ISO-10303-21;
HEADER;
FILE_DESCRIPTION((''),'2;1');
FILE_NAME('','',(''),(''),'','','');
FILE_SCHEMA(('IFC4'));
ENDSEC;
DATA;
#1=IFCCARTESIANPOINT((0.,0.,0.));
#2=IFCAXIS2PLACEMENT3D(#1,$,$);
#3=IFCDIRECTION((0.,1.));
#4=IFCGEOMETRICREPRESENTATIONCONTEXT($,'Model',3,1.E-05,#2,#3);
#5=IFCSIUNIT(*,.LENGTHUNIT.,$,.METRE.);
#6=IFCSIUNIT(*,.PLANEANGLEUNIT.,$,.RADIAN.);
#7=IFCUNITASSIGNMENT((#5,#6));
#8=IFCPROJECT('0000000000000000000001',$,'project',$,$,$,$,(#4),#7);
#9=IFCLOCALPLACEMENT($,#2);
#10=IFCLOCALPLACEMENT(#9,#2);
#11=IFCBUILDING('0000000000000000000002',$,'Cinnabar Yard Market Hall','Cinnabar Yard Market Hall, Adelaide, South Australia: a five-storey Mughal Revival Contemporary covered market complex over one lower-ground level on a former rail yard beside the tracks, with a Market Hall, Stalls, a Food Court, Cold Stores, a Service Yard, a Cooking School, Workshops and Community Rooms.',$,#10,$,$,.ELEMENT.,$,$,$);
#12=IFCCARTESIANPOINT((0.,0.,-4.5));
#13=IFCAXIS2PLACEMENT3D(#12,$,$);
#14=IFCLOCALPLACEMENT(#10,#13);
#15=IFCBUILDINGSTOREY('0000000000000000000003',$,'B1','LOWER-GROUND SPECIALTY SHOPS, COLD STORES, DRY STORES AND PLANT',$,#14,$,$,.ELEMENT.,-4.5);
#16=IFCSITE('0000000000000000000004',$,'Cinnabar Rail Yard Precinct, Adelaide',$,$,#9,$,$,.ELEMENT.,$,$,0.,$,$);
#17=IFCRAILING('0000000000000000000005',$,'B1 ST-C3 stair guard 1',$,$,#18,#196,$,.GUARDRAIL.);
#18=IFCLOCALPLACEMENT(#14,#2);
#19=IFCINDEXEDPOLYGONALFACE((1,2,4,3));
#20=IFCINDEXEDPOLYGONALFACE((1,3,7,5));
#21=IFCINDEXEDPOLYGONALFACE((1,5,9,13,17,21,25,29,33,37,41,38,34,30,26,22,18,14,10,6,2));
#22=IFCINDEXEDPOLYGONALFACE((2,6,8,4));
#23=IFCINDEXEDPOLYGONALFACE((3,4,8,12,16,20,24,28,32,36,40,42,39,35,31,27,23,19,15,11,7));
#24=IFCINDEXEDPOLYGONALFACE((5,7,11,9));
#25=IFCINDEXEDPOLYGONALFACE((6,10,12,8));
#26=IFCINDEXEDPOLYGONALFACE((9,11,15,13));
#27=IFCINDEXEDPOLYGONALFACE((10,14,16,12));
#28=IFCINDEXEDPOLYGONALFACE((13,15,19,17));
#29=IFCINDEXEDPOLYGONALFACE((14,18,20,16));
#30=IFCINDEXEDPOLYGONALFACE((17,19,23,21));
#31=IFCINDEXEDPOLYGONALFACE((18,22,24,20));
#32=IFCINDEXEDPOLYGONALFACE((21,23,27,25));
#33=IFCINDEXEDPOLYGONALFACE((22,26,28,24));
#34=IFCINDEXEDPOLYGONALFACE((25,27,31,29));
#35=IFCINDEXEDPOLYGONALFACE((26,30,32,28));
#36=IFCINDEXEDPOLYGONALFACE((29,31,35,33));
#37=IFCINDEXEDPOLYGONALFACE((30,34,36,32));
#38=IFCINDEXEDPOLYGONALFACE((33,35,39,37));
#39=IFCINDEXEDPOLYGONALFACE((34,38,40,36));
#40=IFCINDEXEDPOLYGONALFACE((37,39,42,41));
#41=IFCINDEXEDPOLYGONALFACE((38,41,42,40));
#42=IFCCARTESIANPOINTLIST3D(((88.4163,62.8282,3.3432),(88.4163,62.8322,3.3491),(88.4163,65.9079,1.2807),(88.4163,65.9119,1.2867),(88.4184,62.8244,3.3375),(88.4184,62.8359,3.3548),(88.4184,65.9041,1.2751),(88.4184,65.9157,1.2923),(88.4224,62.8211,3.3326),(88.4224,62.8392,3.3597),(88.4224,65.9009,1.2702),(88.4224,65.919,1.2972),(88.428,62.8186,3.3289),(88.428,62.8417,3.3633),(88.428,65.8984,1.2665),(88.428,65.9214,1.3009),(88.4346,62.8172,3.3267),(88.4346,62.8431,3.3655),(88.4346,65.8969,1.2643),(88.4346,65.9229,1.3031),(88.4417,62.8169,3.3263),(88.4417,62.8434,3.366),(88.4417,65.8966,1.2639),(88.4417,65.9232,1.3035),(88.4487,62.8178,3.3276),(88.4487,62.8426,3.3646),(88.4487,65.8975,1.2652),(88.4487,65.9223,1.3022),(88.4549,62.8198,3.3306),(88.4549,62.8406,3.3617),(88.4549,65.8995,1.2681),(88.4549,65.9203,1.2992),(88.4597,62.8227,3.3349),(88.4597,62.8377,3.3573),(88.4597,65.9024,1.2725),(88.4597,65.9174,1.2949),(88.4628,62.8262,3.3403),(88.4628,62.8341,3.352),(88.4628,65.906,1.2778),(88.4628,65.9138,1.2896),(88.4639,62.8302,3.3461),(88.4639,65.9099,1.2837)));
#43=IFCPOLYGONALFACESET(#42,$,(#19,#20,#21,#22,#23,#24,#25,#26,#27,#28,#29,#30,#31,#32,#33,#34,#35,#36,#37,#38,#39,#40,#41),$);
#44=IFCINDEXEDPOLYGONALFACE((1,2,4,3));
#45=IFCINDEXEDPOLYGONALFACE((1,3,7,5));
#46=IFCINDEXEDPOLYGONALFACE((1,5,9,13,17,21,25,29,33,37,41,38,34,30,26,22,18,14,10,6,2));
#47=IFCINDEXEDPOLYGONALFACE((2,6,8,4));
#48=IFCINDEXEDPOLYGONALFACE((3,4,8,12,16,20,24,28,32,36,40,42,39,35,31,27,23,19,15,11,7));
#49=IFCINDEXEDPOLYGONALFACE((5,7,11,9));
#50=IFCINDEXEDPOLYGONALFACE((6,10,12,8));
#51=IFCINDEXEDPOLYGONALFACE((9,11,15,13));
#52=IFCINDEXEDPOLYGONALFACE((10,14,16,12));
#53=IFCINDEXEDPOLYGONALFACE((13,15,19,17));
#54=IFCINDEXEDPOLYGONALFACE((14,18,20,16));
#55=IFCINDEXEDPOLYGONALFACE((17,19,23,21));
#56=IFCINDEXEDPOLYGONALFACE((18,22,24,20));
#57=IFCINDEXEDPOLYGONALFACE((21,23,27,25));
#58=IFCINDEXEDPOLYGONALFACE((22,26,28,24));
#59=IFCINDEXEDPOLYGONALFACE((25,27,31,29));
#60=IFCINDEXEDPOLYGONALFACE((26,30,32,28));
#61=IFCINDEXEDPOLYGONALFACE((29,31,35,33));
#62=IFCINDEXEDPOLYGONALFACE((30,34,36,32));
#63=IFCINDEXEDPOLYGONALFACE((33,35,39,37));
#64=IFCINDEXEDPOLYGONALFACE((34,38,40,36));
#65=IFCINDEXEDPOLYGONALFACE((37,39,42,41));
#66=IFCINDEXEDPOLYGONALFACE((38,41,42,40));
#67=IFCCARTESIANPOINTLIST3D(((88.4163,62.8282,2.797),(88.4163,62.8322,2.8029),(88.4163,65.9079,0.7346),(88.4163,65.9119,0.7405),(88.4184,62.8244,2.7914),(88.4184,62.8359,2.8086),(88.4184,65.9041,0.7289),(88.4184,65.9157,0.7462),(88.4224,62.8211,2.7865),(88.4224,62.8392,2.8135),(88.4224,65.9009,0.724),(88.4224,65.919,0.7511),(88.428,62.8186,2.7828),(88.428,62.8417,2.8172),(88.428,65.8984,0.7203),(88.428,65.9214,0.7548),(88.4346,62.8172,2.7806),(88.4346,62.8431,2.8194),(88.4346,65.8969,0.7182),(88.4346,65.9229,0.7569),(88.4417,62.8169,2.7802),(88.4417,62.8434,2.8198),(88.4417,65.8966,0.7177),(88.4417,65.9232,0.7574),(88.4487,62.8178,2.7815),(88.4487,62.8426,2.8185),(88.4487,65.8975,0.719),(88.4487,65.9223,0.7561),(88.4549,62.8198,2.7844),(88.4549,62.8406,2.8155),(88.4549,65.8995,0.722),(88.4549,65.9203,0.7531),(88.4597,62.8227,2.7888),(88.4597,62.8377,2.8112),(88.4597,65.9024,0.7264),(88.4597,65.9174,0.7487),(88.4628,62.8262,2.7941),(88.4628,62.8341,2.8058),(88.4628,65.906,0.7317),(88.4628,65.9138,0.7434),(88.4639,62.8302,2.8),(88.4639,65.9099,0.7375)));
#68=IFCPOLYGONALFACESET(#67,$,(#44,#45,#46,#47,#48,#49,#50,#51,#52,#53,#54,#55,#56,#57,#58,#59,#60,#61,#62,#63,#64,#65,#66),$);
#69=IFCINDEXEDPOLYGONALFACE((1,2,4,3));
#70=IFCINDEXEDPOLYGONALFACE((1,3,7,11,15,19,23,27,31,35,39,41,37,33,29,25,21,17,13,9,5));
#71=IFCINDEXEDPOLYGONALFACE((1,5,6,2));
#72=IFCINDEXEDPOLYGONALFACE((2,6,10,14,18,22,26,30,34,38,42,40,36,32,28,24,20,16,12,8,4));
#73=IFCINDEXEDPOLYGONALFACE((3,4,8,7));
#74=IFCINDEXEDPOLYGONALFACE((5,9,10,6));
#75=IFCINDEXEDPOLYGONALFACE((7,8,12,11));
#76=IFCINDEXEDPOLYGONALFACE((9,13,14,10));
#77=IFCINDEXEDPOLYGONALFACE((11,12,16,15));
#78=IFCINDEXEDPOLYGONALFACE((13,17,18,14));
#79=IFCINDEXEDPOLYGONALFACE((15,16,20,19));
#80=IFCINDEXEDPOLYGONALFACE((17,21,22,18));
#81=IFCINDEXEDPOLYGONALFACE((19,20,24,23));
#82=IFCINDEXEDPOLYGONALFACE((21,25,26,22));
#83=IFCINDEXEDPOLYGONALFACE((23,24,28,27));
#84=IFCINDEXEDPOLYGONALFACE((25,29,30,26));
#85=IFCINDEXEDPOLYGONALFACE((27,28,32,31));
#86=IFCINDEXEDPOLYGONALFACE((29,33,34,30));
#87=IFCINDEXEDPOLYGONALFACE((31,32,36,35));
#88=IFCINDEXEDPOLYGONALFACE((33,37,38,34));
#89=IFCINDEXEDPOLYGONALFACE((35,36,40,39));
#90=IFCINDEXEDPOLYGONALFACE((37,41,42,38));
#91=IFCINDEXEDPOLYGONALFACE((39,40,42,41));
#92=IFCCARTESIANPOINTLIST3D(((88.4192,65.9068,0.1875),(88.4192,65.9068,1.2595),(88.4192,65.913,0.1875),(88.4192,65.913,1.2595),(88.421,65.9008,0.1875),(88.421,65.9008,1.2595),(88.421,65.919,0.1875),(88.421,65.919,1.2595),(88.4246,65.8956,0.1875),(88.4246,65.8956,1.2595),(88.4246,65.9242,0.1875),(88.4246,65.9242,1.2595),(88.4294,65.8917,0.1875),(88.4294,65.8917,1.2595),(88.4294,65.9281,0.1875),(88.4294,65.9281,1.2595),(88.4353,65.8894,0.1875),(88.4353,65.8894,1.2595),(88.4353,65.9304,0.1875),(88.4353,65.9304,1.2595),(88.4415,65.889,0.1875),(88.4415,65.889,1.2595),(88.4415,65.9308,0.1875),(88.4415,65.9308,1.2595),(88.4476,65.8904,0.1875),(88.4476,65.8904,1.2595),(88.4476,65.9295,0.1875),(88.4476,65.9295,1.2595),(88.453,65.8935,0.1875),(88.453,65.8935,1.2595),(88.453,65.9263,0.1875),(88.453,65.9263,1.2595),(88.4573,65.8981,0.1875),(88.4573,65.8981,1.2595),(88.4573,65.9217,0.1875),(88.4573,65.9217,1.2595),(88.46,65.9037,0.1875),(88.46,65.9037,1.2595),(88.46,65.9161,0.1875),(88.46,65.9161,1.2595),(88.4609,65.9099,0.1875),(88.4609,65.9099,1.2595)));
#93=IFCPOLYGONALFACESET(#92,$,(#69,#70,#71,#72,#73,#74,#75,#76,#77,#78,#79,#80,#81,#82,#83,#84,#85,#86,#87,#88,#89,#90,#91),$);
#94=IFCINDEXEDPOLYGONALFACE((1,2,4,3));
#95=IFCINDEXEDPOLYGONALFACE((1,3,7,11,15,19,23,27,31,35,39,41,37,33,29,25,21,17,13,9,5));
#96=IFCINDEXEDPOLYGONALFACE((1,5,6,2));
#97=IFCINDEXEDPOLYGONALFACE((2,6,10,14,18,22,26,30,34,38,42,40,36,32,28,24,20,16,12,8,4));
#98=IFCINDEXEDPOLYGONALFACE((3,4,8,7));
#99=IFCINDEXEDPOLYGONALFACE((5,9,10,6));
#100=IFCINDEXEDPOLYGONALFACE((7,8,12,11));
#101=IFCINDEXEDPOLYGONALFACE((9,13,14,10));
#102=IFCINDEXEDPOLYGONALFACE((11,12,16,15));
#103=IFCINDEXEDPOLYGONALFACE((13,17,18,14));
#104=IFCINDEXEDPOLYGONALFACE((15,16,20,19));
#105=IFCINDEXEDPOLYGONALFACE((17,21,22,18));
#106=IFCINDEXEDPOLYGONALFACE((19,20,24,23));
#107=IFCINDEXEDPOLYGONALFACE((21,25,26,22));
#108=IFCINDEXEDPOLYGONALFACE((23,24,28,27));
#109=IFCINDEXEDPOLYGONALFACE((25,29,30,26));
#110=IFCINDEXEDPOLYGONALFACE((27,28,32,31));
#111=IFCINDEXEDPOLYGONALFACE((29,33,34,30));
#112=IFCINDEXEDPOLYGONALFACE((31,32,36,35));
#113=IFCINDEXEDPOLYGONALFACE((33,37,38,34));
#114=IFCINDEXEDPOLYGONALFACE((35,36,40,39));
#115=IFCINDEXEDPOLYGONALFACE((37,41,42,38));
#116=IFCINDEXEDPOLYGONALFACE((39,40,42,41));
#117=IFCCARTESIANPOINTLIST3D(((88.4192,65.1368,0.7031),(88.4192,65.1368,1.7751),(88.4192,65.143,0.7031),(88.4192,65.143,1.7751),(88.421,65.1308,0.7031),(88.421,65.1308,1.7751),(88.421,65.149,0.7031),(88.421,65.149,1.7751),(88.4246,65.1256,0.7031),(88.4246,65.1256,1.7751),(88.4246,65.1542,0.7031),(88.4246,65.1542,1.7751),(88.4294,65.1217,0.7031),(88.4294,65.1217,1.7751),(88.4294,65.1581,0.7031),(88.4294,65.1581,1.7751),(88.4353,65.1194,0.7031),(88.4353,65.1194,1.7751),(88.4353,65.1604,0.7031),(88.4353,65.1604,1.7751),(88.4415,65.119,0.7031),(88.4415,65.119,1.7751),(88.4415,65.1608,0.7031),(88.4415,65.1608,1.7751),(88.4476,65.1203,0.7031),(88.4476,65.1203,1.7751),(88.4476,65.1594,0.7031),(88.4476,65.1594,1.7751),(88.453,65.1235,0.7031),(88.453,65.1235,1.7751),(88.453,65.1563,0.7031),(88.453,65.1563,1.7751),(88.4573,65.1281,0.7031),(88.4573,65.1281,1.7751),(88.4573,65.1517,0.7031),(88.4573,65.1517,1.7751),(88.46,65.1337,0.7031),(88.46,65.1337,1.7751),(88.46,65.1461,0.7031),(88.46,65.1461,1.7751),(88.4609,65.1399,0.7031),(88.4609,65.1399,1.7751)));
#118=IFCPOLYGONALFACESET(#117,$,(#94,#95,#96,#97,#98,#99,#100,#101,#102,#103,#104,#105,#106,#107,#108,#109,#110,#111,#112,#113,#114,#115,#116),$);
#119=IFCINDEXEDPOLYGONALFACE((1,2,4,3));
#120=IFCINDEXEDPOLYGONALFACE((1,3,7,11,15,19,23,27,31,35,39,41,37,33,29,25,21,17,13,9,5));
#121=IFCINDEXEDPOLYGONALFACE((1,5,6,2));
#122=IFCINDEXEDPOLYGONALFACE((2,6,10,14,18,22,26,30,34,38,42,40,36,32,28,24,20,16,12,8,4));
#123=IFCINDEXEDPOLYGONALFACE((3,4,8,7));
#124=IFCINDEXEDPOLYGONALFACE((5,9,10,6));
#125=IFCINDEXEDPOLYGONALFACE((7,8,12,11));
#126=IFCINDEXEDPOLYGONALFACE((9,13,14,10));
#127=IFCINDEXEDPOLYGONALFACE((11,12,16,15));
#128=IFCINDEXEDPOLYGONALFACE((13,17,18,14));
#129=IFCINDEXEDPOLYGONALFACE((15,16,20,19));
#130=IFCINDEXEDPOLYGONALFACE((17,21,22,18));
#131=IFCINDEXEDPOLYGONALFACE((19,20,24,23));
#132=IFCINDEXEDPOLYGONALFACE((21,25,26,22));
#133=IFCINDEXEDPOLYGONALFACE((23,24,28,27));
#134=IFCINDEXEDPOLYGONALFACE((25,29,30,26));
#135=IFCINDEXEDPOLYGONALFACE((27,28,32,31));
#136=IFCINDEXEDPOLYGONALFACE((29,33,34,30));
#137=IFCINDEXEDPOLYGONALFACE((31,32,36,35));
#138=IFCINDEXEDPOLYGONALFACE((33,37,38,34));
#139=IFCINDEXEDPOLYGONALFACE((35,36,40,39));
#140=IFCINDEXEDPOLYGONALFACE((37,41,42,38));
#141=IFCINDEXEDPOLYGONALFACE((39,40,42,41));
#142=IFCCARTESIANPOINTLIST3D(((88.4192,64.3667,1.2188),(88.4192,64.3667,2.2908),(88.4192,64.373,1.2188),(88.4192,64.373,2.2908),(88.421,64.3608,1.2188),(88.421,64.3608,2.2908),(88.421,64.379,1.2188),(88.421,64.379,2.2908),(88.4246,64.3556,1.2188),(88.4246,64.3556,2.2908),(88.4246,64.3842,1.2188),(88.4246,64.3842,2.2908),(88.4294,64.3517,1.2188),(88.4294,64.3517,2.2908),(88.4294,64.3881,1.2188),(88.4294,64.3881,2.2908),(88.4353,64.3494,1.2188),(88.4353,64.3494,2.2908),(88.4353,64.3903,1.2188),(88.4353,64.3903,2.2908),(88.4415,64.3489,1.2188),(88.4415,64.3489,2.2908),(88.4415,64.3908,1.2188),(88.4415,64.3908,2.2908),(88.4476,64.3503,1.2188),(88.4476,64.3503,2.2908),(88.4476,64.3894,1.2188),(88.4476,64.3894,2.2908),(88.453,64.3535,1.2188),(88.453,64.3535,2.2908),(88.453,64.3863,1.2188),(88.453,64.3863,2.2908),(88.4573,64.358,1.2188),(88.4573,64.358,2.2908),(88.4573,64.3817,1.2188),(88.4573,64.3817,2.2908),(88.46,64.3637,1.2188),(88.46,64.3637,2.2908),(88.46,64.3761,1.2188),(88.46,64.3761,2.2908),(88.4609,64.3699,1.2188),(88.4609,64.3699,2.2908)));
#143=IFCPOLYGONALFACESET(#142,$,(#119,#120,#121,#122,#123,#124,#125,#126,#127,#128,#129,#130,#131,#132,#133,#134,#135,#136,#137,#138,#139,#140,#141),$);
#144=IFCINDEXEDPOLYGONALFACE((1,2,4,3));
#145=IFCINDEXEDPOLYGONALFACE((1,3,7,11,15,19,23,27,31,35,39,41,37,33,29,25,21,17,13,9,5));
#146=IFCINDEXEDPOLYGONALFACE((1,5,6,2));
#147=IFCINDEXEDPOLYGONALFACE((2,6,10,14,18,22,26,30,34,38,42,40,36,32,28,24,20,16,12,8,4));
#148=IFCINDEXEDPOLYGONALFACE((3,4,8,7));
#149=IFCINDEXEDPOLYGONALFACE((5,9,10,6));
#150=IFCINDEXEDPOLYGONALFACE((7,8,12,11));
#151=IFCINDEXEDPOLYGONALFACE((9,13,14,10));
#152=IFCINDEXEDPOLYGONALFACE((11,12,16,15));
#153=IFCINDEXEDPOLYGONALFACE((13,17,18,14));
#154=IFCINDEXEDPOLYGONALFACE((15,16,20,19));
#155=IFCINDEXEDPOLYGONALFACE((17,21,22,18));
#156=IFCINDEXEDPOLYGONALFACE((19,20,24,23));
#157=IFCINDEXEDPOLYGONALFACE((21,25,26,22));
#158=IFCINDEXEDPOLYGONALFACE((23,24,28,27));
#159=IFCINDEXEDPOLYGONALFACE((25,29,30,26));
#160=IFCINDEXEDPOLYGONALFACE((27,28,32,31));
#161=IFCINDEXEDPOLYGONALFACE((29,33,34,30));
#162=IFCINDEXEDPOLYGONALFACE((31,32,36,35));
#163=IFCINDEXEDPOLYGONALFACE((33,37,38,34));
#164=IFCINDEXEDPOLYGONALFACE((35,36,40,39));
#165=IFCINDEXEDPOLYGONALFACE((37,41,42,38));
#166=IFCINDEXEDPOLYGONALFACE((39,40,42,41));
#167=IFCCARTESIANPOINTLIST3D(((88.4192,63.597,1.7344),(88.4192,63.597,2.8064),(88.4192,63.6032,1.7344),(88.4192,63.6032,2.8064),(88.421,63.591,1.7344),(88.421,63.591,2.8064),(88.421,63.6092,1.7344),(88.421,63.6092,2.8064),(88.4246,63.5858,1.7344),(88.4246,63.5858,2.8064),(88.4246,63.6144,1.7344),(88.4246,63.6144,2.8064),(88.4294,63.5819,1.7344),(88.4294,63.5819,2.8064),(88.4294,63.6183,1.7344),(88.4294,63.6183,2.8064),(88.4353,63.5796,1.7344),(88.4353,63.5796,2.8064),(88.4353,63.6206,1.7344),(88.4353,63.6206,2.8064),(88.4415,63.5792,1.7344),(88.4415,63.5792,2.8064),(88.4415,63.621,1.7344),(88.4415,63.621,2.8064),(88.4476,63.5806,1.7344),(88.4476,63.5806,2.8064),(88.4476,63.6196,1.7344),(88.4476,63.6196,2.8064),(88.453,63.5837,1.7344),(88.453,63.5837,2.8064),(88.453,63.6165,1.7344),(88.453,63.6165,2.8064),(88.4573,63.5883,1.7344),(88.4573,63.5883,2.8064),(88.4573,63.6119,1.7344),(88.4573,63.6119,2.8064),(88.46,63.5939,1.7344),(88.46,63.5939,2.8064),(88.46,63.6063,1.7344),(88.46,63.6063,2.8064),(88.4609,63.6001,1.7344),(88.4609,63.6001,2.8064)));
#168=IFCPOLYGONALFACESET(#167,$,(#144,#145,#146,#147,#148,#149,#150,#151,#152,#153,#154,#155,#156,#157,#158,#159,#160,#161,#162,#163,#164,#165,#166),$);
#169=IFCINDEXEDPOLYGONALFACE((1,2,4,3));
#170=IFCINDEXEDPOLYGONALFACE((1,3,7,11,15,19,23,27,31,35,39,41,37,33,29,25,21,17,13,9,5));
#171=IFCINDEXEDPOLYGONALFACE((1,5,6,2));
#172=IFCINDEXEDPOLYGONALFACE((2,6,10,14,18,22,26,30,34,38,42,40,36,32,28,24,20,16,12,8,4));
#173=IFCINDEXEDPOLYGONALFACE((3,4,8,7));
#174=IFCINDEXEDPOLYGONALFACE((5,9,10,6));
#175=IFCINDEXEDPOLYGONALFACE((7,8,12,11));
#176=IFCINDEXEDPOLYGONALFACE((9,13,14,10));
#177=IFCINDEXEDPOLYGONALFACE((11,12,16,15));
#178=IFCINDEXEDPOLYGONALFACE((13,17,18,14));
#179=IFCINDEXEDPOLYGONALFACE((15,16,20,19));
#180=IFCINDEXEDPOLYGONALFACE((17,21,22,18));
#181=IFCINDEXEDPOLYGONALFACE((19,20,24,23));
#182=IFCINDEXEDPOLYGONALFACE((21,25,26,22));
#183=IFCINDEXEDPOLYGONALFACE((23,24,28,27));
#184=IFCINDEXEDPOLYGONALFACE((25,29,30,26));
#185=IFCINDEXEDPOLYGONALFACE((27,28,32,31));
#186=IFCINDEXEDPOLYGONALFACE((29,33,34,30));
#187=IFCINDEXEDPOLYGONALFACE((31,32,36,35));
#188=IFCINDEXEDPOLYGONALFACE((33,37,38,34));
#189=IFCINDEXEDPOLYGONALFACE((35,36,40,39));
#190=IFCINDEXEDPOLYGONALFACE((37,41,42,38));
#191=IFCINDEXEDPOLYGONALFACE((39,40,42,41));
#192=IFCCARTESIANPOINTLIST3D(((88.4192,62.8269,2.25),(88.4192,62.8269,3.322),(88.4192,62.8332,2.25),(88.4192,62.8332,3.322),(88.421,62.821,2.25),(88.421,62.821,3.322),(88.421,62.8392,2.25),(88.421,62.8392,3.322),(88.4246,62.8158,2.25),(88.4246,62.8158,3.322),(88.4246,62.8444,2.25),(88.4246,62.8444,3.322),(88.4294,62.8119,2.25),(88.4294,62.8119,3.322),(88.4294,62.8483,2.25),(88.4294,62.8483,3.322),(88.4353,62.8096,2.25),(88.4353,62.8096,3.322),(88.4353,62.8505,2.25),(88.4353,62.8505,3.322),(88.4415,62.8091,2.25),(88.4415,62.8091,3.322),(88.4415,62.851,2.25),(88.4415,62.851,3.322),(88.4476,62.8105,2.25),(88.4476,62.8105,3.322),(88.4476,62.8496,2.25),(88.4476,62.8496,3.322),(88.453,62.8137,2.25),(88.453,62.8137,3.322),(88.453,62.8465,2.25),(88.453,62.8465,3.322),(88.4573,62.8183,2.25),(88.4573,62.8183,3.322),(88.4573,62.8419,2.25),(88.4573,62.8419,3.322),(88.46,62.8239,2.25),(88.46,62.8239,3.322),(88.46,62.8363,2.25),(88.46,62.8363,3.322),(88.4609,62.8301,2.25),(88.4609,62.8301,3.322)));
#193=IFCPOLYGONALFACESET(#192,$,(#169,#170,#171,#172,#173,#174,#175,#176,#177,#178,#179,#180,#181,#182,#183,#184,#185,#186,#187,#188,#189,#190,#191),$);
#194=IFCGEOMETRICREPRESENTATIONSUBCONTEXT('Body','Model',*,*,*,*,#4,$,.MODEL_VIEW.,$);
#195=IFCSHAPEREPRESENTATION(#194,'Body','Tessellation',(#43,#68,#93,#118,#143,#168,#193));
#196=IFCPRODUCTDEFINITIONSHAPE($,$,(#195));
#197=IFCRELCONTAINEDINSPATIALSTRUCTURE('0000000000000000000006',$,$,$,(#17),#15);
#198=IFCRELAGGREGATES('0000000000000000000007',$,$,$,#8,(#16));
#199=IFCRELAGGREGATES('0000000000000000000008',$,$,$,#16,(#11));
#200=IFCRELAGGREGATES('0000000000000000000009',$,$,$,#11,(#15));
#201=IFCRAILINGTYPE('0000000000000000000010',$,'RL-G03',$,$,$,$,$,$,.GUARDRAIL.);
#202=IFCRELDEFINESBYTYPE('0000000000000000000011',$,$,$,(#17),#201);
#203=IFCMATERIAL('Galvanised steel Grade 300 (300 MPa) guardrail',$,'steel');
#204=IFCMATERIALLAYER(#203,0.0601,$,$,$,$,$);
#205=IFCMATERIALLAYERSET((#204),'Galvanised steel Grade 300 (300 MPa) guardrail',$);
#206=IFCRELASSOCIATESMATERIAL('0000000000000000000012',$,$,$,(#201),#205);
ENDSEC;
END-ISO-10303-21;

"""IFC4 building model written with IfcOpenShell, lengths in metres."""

from ifc_helpers import new_model, si_unit, direction, frame, origin, origin_2d_with_axis, place, context, subcontext, project, spatial, circle, extrude, material, layer, layer_set, type_object, element, save


model = new_model("IFC4")

# Units and contexts
model_context = context("Model", 3, precision=1e-05, world=origin(), true_north=direction((0.0, 1.0)))
body_context = subcontext(model_context, "Body", "Model", "MODEL_VIEW")
ifc_project = project(units=[si_unit("LENGTHUNIT", "METRE"), si_unit("PLANEANGLEUNIT", "RADIAN")], contexts=[model_context])

# Site, building, storey
site_placement = place(None, origin())
site = spatial("IfcSite", under=ifc_project, at=site_placement, Name="Cinnabar Rail Yard Precinct, Adelaide", CompositionType="ELEMENT", RefElevation=0.0)
building_placement = place(site_placement, origin())
building = spatial("IfcBuilding", under=site, at=building_placement, Name="Cinnabar Yard Market Hall", Description="Cinnabar Yard Market Hall, Adelaide, South Australia: a five-storey Mughal Revival Contemporary covered market complex over one lower-ground level on a former rail yard beside the tracks, with a Market Hall, Stalls, a Food Court, Cold Stores, a Service Yard, a Cooking School, Workshops and Community Rooms.", CompositionType="ELEMENT")
storey_placement = place(building_placement, frame((0.0, 0.0, -4.5)))
storey = spatial("IfcBuildingStorey", under=building, at=storey_placement, Name="B1", Description="LOWER-GROUND SPECIALTY SHOPS, COLD STORES, DRY STORES AND PLANT", CompositionType="ELEMENT", Elevation=-4.5)

# Railing
ifc_material_1 = material(Name="Galvanised steel Grade 300 (300 MPa) guardrail", Category="steel")
ifc_layer_1 = layer(ifc_material_1, 0.0601)
ifc_layer_set_1 = layer_set([ifc_layer_1], Name="Galvanised steel Grade 300 (300 MPa) guardrail")
railing_type_1 = type_object("IfcRailingType", Name="RL-G03", PredefinedType="GUARDRAIL", material=ifc_layer_set_1)
railing_1_placement = place(storey_placement, frame((88.4399, 65.9099, 0.1875)))
element("IfcRailing", 1, at=railing_1_placement, inside=storey, type_object=railing_type_1, Name="B1 ST-C3 stair guard 1", PredefinedType="GUARDRAIL", context=body_context, shape_type="SweptSolid", body=[
    extrude(circle(Radius=0.0239, at=origin_2d_with_axis()), frame((0.0, 0.0, 1.0962), z_axis=(0.0, -0.830893, 0.556432), x_axis=(1.0, 0.0, 0.0)), (0.0, 0.0, 1.0), 3.7065),
    extrude(circle(Radius=0.0239, at=origin_2d_with_axis()), frame((0.0, 0.0, 0.55), z_axis=(0.0, -0.830893, 0.556432), x_axis=(1.0, 0.0, 0.0)), (0.0, 0.0, 1.0), 3.7065),
    extrude(circle(Radius=0.021, at=origin_2d_with_axis()), origin(), (0.0, 0.0, 1.0), 1.072),
    extrude(circle(Radius=0.021, at=origin_2d_with_axis()), frame((0.0, -0.77, 0.5156)), (0.0, 0.0, 1.0), 1.072),
    extrude(circle(Radius=0.021, at=origin_2d_with_axis()), frame((0.0, -1.54, 1.0312)), (0.0, 0.0, 1.0), 1.072),
    extrude(circle(Radius=0.021, at=origin_2d_with_axis()), frame((0.0, -2.3098, 1.5469)), (0.0, 0.0, 1.0), 1.072),
    extrude(circle(Radius=0.021, at=origin_2d_with_axis()), frame((0.0, -3.0798, 2.0625)), (0.0, 0.0, 1.0), 1.072),
])

save(model, "model.ifc")
